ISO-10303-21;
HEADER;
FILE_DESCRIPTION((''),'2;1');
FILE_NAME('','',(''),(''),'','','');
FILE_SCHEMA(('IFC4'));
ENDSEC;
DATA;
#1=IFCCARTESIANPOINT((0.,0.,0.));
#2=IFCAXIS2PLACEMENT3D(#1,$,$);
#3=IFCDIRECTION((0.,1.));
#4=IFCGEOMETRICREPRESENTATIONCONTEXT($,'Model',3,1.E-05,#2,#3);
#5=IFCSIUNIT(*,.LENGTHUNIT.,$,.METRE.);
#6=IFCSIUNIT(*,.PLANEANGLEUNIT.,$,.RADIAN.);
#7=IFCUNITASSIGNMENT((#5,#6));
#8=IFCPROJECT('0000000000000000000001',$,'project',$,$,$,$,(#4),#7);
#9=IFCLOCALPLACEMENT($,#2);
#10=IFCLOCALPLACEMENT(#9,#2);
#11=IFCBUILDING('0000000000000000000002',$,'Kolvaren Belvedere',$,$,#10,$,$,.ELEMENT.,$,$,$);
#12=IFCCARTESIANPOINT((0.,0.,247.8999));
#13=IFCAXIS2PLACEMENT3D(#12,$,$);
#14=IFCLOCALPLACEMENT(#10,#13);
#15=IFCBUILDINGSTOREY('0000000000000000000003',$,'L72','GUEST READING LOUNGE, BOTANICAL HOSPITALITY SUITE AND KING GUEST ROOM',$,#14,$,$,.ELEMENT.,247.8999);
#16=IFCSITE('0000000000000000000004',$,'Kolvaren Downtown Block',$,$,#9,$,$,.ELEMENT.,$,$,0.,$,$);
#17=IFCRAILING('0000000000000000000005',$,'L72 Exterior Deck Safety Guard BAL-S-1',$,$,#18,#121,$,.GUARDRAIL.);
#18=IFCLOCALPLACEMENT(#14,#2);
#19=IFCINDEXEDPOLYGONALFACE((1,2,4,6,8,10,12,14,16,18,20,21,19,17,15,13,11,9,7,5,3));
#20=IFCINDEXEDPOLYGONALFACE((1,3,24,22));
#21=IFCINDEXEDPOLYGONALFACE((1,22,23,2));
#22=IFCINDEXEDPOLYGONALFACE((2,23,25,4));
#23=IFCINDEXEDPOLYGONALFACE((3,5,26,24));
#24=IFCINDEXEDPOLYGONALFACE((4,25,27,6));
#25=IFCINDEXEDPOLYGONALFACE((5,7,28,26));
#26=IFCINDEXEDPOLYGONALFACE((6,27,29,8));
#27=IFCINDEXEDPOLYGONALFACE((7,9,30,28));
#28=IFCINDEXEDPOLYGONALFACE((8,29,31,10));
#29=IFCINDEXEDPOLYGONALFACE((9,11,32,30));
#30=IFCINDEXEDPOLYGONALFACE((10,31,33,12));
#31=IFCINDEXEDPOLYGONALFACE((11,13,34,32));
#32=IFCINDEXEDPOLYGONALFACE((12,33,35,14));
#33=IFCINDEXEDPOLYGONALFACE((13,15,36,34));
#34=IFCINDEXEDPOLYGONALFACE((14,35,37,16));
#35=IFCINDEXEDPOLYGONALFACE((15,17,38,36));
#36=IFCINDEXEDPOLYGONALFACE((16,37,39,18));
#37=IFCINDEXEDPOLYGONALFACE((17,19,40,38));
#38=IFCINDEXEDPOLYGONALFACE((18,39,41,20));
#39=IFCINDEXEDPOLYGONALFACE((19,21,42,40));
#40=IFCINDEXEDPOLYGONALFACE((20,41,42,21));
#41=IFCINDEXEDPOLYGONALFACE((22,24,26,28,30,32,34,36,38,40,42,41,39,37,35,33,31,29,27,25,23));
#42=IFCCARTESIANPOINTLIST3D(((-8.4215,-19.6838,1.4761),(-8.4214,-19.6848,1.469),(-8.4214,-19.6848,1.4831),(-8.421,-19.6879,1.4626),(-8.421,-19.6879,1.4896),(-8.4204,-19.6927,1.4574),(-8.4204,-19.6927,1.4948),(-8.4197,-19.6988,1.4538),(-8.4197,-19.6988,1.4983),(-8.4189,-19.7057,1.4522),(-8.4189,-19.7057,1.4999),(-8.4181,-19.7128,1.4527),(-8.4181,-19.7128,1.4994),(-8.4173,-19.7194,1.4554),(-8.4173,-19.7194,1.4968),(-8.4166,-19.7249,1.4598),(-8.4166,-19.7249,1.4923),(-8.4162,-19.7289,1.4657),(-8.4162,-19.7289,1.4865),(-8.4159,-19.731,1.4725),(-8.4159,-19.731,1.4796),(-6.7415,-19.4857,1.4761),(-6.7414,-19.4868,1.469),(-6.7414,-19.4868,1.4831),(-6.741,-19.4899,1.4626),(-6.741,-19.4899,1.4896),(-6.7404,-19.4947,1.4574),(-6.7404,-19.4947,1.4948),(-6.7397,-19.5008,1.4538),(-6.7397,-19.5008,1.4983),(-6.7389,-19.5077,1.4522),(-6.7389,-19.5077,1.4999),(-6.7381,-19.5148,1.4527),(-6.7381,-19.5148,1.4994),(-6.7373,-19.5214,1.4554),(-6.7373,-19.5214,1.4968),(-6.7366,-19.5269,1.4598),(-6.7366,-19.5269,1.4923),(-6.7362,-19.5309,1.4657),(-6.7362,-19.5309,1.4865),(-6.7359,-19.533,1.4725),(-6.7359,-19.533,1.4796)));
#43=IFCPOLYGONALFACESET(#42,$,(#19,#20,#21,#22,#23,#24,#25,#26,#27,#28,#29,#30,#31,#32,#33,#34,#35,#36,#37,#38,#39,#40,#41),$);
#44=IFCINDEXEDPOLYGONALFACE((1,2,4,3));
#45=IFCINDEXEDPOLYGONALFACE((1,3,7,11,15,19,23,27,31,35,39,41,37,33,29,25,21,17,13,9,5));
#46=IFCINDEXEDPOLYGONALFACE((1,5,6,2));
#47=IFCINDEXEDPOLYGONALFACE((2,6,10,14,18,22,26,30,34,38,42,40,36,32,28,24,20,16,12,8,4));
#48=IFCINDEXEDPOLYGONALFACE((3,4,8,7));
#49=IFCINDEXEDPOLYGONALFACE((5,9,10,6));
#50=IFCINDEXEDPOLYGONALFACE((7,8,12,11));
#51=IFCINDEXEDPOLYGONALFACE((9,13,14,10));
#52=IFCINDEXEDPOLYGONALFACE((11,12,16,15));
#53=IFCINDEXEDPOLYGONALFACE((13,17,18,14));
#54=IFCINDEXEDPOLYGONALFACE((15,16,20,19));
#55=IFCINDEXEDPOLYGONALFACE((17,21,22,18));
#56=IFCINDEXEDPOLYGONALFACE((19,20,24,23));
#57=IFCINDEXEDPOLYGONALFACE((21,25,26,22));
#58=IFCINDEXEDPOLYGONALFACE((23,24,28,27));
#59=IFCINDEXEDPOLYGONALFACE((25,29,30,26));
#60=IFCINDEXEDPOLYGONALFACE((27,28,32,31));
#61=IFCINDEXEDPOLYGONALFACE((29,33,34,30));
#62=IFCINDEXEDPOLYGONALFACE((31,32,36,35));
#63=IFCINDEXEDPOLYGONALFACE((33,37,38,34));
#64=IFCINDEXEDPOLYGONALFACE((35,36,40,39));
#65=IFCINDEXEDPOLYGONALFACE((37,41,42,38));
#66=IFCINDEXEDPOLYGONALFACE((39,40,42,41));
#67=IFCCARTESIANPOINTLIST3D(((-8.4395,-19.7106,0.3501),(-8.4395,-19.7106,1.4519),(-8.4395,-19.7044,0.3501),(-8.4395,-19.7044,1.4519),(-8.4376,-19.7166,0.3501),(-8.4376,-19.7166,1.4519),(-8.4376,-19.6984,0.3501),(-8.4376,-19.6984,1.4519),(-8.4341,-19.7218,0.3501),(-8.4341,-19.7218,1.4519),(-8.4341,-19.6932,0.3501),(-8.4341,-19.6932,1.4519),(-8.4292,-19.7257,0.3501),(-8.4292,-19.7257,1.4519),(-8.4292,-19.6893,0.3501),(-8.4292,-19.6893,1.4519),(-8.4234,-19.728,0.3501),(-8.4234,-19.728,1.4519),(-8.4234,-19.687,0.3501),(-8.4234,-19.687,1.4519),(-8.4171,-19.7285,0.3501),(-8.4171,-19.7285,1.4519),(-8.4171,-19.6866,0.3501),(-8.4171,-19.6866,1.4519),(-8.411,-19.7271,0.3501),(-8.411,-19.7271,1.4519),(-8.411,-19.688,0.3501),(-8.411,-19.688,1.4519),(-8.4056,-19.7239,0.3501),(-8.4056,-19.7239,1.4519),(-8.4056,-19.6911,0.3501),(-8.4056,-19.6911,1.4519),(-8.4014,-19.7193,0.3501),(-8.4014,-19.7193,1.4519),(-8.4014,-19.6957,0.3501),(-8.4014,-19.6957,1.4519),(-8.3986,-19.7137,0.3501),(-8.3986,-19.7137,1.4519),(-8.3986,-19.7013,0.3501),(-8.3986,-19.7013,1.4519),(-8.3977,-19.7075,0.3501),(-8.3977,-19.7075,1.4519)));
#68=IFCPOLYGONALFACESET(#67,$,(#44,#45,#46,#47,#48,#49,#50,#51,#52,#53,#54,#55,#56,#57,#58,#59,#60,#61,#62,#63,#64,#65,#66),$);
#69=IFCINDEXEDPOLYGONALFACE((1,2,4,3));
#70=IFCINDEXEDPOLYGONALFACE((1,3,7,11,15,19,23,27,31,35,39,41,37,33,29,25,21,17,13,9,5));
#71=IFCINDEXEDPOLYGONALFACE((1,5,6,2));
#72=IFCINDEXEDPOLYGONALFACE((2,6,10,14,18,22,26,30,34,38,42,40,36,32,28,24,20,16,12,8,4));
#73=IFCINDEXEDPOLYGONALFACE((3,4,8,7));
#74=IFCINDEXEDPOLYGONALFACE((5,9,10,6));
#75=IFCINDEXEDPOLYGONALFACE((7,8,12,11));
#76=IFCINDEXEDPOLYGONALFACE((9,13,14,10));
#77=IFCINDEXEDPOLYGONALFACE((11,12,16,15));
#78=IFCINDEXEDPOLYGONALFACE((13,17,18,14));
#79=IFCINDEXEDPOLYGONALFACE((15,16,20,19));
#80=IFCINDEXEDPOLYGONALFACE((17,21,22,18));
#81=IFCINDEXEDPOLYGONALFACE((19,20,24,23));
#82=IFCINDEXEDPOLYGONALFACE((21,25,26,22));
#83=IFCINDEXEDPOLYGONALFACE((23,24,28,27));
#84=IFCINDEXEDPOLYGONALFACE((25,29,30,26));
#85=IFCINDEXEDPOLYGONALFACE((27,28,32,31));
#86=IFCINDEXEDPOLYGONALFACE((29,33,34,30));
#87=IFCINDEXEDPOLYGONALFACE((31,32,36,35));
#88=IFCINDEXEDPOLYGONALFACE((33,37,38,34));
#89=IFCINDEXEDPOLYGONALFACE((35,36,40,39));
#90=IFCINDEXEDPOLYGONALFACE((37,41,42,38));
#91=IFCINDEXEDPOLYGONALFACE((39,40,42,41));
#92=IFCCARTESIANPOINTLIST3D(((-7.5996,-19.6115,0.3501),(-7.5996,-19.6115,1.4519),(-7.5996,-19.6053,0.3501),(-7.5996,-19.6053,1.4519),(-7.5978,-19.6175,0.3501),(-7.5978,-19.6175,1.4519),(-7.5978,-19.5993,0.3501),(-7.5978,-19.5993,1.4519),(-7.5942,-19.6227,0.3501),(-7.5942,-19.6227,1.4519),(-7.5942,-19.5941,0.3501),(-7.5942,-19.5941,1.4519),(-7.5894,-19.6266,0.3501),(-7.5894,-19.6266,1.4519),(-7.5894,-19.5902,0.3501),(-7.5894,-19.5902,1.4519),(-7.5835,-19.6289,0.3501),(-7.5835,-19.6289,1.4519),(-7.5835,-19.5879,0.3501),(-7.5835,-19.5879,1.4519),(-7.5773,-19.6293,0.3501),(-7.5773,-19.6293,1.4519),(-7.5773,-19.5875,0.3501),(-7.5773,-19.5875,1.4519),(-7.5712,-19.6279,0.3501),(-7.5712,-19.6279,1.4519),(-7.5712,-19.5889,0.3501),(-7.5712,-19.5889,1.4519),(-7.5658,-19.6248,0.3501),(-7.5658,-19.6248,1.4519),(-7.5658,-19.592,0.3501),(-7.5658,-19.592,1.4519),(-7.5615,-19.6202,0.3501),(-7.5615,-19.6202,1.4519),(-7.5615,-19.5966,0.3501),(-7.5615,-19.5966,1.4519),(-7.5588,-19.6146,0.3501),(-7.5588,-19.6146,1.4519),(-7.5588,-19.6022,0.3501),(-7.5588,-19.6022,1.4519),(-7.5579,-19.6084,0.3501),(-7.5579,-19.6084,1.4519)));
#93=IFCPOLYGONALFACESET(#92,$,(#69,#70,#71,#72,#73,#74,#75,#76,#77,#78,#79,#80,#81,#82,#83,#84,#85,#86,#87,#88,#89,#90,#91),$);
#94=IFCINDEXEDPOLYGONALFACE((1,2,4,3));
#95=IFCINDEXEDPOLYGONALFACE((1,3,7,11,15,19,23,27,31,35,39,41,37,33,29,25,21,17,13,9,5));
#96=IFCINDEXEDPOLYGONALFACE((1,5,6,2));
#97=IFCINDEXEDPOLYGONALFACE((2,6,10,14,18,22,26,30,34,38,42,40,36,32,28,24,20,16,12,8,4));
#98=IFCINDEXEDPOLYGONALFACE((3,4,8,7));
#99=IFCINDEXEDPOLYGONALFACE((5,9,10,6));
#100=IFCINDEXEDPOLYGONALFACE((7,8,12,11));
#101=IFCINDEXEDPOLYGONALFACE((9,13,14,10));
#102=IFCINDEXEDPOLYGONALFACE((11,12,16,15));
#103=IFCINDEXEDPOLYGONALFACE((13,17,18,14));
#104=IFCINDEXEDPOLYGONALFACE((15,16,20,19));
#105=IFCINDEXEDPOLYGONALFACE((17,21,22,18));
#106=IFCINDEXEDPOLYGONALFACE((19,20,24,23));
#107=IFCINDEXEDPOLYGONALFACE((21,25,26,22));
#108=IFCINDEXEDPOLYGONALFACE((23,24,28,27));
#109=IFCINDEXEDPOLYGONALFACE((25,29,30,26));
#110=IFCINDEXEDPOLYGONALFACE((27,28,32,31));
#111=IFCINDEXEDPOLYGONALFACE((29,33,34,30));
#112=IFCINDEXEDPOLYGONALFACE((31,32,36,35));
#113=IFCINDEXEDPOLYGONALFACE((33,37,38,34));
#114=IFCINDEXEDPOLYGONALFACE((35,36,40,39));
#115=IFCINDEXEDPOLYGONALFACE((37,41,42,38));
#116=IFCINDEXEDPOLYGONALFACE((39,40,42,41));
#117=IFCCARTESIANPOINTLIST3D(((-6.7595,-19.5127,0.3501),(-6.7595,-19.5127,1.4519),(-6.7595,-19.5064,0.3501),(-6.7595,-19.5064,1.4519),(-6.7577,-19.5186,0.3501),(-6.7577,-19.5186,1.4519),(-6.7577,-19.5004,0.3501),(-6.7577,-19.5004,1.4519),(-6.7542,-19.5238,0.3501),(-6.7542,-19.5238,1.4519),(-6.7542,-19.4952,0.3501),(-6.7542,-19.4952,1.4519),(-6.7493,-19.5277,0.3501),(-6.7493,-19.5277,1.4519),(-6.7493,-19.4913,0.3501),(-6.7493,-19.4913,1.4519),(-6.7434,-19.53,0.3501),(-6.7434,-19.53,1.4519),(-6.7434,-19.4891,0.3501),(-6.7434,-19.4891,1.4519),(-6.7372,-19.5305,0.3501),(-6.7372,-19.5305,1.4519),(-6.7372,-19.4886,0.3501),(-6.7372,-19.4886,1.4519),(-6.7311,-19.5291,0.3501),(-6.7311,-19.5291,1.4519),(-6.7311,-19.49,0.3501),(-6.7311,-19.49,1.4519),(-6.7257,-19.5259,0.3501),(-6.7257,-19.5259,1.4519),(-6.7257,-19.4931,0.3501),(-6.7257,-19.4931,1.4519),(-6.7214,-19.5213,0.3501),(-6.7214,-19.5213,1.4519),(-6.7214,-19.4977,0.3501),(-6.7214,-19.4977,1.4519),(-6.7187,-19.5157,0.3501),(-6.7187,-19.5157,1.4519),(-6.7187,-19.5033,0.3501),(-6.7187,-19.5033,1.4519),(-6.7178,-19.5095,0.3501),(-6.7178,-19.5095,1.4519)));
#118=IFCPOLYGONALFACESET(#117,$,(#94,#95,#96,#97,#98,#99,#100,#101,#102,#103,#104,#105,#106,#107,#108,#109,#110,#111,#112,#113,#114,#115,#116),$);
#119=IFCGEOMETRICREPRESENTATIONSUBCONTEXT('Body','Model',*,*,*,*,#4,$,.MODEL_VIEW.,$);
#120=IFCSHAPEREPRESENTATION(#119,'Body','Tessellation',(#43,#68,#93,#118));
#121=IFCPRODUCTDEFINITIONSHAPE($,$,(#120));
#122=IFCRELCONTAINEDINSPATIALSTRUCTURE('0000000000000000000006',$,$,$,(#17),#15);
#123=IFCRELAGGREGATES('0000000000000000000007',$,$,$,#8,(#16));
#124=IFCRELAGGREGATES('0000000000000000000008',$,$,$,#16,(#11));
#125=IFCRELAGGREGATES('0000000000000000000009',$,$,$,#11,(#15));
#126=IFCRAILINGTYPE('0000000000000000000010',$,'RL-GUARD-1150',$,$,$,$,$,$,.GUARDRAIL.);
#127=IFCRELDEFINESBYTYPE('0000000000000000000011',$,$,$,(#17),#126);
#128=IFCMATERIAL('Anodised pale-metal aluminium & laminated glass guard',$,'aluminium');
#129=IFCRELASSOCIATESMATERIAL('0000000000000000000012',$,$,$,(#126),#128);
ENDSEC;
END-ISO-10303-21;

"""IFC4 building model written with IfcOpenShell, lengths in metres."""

from ifc_helpers import new_model, si_unit, direction, frame, origin, origin_2d, place, context, subcontext, project, spatial, circle, extrude, material, type_object, element, save


model = new_model("IFC4")

# Units and contexts
model_context = context("Model", 3, precision=1e-05, world=origin(), true_north=direction((0.0, 1.0)))
body_context = subcontext(model_context, "Body", "Model", "MODEL_VIEW")
ifc_project = project(units=[si_unit("LENGTHUNIT", "METRE"), si_unit("PLANEANGLEUNIT", "RADIAN")], contexts=[model_context])

# Site, building, storey
site_placement = place(None, origin())
site = spatial("IfcSite", under=ifc_project, at=site_placement, Name="Kolvaren Downtown Block", CompositionType="ELEMENT", RefElevation=0.0)
building_placement = place(site_placement, origin())
building = spatial("IfcBuilding", under=site, at=building_placement, Name="Kolvaren Belvedere", CompositionType="ELEMENT")
storey_placement = place(building_placement, frame((0.0, 0.0, 247.8999)))
storey = spatial("IfcBuildingStorey", under=building, at=storey_placement, Name="L72", Description="GUEST READING LOUNGE, BOTANICAL HOSPITALITY SUITE AND KING GUEST ROOM", CompositionType="ELEMENT", Elevation=247.8999)

# Railing
ifc_material_1 = material(Name="Anodised pale-metal aluminium & laminated glass guard", Category="aluminium")
railing_type = type_object("IfcRailingType", Name="RL-GUARD-1150", PredefinedType="GUARDRAIL", material=ifc_material_1)
railing_1_placement = place(storey_placement, frame((-8.4187, -19.7075, 0.3501)))
element("IfcRailing", 1, at=railing_1_placement, inside=storey, type_object=railing_type, Name="L72 Exterior Deck Safety Guard BAL-S-1", PredefinedType="GUARDRAIL", context=body_context, shape_type="SweptSolid", body=[
    extrude(circle(Radius=0.0239, at=origin_2d()), frame((0.0, 0.0, 1.126), z_axis=(0.993126, 0.117051, 0.0), x_axis=(-0.117051, 0.993126, 0.0)), (0.0, 0.0, 1.0), 1.6917),
    extrude(circle(Radius=0.021, at=origin_2d()), origin(), (0.0, 0.0, 1.0), 1.1018),
    extrude(circle(Radius=0.021, at=origin_2d()), frame((0.8398, 0.0991, 0.0)), (0.0, 0.0, 1.0), 1.1018),
    extrude(circle(Radius=0.021, at=origin_2d()), frame((1.6799, 0.198, 0.0)), (0.0, 0.0, 1.0), 1.1018),
])

save(model, "model.ifc")
